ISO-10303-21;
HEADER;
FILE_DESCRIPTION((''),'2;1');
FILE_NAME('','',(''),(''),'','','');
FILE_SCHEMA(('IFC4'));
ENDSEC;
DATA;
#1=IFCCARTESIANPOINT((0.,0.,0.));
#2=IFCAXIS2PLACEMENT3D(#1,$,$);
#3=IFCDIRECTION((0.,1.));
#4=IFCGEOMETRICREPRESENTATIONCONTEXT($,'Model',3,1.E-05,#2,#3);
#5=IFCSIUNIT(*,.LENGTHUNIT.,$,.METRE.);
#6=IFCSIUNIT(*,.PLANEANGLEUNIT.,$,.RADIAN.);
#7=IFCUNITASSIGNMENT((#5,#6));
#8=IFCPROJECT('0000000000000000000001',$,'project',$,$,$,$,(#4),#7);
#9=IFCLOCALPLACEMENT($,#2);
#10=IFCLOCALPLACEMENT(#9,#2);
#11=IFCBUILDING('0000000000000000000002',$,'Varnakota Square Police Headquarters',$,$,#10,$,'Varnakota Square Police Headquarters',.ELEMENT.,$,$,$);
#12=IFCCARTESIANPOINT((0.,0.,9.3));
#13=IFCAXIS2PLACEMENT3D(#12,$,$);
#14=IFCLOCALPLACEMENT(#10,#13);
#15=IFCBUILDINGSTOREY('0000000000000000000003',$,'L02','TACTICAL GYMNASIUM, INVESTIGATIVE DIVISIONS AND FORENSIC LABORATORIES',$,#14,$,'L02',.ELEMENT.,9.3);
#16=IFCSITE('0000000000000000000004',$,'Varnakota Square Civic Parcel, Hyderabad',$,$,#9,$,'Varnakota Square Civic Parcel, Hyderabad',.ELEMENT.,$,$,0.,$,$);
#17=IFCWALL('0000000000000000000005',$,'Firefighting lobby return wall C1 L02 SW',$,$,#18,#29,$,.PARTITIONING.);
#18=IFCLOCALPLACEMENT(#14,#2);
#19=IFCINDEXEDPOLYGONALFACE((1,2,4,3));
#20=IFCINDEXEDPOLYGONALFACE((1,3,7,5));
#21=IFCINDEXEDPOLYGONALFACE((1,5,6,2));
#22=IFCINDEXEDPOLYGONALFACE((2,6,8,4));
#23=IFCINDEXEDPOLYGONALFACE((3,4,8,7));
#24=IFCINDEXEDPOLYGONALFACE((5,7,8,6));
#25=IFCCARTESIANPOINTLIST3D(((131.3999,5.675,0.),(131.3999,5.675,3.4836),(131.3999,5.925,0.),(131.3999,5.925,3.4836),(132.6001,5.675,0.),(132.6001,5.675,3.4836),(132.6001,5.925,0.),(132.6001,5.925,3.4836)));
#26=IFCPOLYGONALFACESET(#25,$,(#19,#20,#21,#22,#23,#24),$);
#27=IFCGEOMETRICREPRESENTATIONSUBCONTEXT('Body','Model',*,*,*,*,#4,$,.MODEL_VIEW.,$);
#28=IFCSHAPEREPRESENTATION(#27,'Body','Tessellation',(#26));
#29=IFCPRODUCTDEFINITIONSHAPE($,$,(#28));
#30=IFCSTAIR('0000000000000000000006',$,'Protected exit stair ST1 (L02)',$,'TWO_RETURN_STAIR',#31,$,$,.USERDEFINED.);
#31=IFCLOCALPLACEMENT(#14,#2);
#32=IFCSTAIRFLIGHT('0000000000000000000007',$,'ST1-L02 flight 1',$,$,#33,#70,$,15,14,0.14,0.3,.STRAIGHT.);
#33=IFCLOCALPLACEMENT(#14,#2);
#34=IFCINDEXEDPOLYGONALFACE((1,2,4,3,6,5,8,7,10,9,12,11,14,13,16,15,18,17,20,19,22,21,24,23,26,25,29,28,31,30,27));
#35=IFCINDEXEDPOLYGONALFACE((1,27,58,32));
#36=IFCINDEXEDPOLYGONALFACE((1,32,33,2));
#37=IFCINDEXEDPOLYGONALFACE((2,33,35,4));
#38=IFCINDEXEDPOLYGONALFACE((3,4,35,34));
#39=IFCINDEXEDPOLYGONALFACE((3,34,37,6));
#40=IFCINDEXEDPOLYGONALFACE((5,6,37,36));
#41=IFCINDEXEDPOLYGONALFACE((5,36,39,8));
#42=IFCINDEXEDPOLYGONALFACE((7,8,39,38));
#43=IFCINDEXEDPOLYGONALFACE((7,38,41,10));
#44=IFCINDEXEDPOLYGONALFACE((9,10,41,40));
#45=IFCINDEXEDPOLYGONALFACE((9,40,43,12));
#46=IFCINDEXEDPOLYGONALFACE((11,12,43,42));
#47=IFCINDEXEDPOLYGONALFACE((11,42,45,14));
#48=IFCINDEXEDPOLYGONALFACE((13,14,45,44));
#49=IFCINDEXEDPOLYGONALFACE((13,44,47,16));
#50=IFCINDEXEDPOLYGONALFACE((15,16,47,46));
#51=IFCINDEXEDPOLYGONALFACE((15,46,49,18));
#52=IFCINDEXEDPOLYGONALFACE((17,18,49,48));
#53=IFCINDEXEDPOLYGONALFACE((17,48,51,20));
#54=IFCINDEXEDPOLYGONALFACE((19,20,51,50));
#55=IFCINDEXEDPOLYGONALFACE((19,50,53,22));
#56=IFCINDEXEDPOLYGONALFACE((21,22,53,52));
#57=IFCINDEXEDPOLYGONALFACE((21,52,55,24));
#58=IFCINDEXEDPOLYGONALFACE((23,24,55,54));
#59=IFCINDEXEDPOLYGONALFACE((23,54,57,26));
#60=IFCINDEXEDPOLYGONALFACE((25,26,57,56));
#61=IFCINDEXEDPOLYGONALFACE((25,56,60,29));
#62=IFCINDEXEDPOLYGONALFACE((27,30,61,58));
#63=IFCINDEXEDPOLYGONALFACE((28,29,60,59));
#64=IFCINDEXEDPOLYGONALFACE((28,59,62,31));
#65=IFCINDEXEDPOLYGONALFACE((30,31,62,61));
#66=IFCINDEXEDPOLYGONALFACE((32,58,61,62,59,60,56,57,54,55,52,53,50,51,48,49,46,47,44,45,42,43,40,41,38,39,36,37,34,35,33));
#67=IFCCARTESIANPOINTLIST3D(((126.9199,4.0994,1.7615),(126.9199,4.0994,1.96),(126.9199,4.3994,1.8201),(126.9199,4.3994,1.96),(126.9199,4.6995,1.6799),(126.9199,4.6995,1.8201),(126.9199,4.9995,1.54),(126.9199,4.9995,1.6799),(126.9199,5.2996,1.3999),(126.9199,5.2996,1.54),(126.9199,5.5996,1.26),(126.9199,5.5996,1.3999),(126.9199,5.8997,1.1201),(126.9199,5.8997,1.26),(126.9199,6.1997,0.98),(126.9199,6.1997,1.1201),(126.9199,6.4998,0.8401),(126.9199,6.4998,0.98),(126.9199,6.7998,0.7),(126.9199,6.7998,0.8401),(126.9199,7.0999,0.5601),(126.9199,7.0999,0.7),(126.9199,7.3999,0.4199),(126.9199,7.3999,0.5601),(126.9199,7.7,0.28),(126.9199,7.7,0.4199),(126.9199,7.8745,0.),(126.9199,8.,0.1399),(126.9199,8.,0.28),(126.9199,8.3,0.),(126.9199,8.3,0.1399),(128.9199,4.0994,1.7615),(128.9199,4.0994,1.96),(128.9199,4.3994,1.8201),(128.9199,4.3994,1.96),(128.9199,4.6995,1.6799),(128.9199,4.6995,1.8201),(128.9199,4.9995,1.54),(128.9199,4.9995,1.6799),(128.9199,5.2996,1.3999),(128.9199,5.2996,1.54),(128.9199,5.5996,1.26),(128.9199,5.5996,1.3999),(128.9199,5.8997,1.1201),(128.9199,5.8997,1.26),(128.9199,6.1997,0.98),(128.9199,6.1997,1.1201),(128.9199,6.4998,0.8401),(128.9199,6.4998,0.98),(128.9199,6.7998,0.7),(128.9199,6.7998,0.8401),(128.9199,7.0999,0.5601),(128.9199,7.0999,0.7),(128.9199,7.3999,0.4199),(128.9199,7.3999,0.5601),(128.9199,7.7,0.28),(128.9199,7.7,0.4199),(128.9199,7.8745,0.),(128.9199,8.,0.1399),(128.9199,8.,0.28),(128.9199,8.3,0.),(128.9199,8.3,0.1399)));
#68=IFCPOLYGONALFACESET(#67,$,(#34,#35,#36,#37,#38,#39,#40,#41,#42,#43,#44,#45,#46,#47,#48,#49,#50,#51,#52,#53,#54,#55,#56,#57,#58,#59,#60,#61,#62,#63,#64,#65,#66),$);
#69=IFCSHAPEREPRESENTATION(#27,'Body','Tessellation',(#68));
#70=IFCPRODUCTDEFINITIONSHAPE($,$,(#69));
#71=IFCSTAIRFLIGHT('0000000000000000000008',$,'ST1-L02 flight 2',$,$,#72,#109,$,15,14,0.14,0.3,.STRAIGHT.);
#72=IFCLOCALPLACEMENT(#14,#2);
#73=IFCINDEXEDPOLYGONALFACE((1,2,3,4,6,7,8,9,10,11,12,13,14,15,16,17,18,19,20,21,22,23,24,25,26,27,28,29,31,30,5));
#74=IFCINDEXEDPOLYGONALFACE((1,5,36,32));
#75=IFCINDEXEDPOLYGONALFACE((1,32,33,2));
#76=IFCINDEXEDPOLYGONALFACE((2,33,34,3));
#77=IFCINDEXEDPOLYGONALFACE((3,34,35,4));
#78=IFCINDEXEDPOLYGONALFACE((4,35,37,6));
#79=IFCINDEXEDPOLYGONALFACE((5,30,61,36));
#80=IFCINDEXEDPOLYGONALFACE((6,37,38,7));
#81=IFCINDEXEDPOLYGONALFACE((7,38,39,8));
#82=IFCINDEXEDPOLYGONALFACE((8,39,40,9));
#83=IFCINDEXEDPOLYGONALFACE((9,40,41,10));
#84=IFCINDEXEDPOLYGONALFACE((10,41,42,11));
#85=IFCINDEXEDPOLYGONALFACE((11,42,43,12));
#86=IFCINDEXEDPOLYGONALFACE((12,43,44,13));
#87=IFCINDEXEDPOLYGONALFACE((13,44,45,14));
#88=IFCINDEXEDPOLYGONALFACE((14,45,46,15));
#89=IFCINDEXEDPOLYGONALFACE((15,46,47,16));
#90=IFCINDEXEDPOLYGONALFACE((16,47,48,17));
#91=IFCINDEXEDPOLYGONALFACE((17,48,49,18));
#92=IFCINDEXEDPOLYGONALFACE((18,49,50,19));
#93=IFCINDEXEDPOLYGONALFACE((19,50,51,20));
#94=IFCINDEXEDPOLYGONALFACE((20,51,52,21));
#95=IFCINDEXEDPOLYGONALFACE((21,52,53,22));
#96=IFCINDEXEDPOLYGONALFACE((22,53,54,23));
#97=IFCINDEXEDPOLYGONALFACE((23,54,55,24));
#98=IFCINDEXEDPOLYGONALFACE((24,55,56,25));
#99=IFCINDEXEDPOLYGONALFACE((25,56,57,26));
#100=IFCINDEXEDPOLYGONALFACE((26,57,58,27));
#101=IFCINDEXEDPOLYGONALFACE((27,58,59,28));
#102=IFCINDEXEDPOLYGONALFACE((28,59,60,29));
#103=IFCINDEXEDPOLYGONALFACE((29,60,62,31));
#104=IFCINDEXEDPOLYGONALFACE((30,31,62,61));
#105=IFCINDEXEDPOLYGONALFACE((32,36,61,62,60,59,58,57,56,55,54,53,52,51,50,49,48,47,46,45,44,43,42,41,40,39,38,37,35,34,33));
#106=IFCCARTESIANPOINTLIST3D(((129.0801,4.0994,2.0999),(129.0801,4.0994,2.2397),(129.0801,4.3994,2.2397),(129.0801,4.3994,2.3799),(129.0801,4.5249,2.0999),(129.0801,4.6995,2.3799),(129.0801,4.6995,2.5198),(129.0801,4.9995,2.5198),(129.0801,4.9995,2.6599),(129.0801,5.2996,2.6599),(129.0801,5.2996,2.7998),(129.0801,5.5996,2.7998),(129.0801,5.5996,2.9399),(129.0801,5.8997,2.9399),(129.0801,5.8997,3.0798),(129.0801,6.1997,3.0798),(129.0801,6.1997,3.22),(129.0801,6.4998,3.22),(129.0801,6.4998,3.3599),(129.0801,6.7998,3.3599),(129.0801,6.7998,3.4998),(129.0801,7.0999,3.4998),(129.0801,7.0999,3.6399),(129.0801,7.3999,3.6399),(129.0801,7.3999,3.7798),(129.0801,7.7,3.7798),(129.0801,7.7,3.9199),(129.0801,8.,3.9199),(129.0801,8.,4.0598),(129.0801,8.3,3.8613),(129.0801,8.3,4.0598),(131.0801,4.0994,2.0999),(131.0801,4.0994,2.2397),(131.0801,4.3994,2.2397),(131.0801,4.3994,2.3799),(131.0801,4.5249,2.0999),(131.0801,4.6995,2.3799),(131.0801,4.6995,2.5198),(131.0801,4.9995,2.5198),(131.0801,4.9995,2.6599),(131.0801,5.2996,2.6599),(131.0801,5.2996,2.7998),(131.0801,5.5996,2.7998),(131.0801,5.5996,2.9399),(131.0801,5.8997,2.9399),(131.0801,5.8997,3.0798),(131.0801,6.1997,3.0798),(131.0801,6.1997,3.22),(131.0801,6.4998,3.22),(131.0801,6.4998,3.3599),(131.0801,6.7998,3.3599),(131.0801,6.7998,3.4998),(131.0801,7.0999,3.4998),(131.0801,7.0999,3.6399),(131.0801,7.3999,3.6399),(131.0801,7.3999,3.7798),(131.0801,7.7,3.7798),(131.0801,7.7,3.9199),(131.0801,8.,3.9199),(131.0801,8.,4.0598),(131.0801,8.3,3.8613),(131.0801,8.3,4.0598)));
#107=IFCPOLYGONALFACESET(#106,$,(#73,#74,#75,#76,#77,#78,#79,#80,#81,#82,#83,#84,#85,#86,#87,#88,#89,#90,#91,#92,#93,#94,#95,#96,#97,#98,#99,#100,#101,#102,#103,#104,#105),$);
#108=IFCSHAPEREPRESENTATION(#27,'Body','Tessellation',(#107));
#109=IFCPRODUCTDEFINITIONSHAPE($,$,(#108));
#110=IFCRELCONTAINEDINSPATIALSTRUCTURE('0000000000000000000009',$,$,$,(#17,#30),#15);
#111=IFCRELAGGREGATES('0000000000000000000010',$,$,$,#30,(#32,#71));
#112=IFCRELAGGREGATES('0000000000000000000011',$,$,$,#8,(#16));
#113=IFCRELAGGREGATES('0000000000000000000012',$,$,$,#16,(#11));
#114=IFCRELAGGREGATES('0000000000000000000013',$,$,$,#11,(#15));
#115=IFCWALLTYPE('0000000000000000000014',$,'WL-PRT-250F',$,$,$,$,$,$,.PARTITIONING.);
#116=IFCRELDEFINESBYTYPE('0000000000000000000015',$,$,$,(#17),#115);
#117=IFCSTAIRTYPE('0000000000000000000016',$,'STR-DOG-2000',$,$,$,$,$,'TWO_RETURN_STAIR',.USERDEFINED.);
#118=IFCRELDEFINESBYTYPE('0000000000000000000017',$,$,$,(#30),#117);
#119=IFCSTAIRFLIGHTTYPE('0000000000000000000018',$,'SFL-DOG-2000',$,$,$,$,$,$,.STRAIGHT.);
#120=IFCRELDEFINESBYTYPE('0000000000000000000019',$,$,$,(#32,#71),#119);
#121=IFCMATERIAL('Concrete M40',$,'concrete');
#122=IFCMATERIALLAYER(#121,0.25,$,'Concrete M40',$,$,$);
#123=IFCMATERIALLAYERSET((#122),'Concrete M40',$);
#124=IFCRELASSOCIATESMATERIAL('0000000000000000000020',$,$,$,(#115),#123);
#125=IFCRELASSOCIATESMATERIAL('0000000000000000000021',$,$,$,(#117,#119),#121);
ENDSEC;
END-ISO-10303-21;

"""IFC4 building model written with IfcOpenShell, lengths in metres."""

from ifc_helpers import new_model, si_unit, direction, frame, frame_2d, origin, place, context, subcontext, project, spatial, polyline, rectangle, outline, extrude, material, layer, layer_set, type_object, element, aggregate, save


model = new_model("IFC4")

# Units and contexts
model_context = context("Model", 3, precision=1e-05, world=origin(), true_north=direction((0.0, 1.0)))
body_context = subcontext(model_context, "Body", "Model", "MODEL_VIEW")
ifc_project = project(units=[si_unit("LENGTHUNIT", "METRE"), si_unit("PLANEANGLEUNIT", "RADIAN")], contexts=[model_context])

# Site, building, storey
site_placement = place(None, origin())
site = spatial("IfcSite", under=ifc_project, at=site_placement, Name="Varnakota Square Civic Parcel, Hyderabad", LongName="Varnakota Square Civic Parcel, Hyderabad", CompositionType="ELEMENT", RefElevation=0.0)
building_placement = place(site_placement, origin())
building = spatial("IfcBuilding", under=site, at=building_placement, Name="Varnakota Square Police Headquarters", LongName="Varnakota Square Police Headquarters", CompositionType="ELEMENT")
storey_placement = place(building_placement, frame((0.0, 0.0, 9.3)))
storey = spatial("IfcBuildingStorey", under=building, at=storey_placement, Name="L02", Description="TACTICAL GYMNASIUM, INVESTIGATIVE DIVISIONS AND FORENSIC LABORATORIES", LongName="L02", CompositionType="ELEMENT", Elevation=9.3)

# Shared definitions
ifc_material_1 = material(Name="Concrete M40", Category="concrete")

# Shared definitions
ifc_layer_1 = layer(ifc_material_1, 0.25, Name="Concrete M40")
ifc_layer_set_1 = layer_set([ifc_layer_1], Name="Concrete M40")
wall_type_1 = type_object("IfcWallType", Name="WL-PRT-250F", PredefinedType="PARTITIONING", material=ifc_layer_set_1)

# Wall
wall_1_placement = place(storey_placement, frame((131.3999, 5.8, 0.0), z_axis=(0.0, 0.0, 1.0), x_axis=(1.0, 0.0, 0.0)))
element("IfcWall", 1, at=wall_1_placement, inside=storey, type_object=wall_type_1, Name="Firefighting lobby return wall C1 L02 SW", PredefinedType="PARTITIONING", context=body_context, shape_type="SweptSolid", body=[
    extrude(rectangle(XDim=1.2002, YDim=0.25, at=frame_2d((0.6001, 0.0))), origin(), (0.0, 0.0, 1.0), 3.4836),
])

# Stair, stair flights
stair_type = type_object("IfcStairType", Name="STR-DOG-2000", ElementType="TWO_RETURN_STAIR", PredefinedType="USERDEFINED", material=ifc_material_1)
stair_placement = place(storey_placement, origin())
stair = element("IfcStair", 2, at=stair_placement, inside=storey, type_object=stair_type, Name="Protected exit stair ST1 (L02)", ObjectType="TWO_RETURN_STAIR", PredefinedType="USERDEFINED")
stair_flight_type = type_object("IfcStairFlightType", Name="SFL-DOG-2000", PredefinedType="STRAIGHT", material=ifc_material_1)
stair_flight_1_placement = place(storey_placement, frame((127.9199, 8.3, 0.0), z_axis=(0.0, 0.0, 1.0), x_axis=(0.0, -1.0, 0.0)))
stair_flight_1 = element("IfcStairFlight", 3, at=stair_flight_1_placement, type_object=stair_flight_type, Name="ST1-L02 flight 1", NumberOfRisers=15, NumberOfTreads=14, PredefinedType="STRAIGHT", RiserHeight=0.14, TreadLength=0.3, context=body_context, shape_type="SweptSolid", body=[
    extrude(outline(polyline([(0.0, 0.0), (0.0, 0.1399), (0.3, 0.1399), (0.3, 0.28), (0.6001, 0.28), (0.6001, 0.4199), (0.9001, 0.4199), (0.9001, 0.5601), (1.2002, 0.5601), (1.2002, 0.7), (1.5002, 0.7), (1.5002, 0.8401), (1.8003, 0.8401), (1.8003, 0.98), (2.1003, 0.98), (2.1003, 1.1201), (2.4004, 1.1201), (2.4004, 1.26), (2.7004, 1.26), (2.7004, 1.3999), (3.0005, 1.3999), (3.0005, 1.54), (3.3005, 1.54), (3.3005, 1.6799), (3.6006, 1.6799), (3.6006, 1.8201), (3.9006, 1.8201), (3.9006, 1.96), (4.2007, 1.96), (4.2007, 2.1001), (4.2007, 1.7615), (0.4255, 0.0), (0.0, 0.0)])), frame((0.0, 1.0, 0.0), z_axis=(0.0, -1.0, 0.0), x_axis=(1.0, 0.0, 0.0)), (0.0, 0.0, 1.0), 2.0),
])
stair_flight_2_placement = place(storey_placement, frame((130.0801, 4.0994, 2.0999), z_axis=(0.0, 0.0, 1.0), x_axis=(0.0, 1.0, 0.0)))
stair_flight_2 = element("IfcStairFlight", 4, at=stair_flight_2_placement, type_object=stair_flight_type, Name="ST1-L02 flight 2", NumberOfRisers=15, NumberOfTreads=14, PredefinedType="STRAIGHT", RiserHeight=0.14, TreadLength=0.3, context=body_context, shape_type="SweptSolid", body=[
    extrude(outline(polyline([(0.0, 0.0), (0.0, 0.1399), (0.3, 0.1399), (0.3, 0.28), (0.6001, 0.28), (0.6001, 0.4199), (0.9001, 0.4199), (0.9001, 0.5601), (1.2002, 0.5601), (1.2002, 0.7), (1.5002, 0.7), (1.5002, 0.8401), (1.8003, 0.8401), (1.8003, 0.98), (2.1003, 0.98), (2.1003, 1.1201), (2.4004, 1.1201), (2.4004, 1.26), (2.7004, 1.26), (2.7004, 1.3999), (3.0005, 1.3999), (3.0005, 1.54), (3.3005, 1.54), (3.3005, 1.6799), (3.6006, 1.6799), (3.6006, 1.8201), (3.9006, 1.8201), (3.9006, 1.96), (4.2007, 1.96), (4.2007, 2.1001), (4.2007, 1.7615), (0.4255, 0.0), (0.0, 0.0)])), frame((0.0, 1.0, 0.0), z_axis=(0.0, -1.0, 0.0), x_axis=(1.0, 0.0, 0.0)), (0.0, 0.0, 1.0), 2.0),
])
aggregate(stair, [stair_flight_1, stair_flight_2])

save(model, "model.ifc")
